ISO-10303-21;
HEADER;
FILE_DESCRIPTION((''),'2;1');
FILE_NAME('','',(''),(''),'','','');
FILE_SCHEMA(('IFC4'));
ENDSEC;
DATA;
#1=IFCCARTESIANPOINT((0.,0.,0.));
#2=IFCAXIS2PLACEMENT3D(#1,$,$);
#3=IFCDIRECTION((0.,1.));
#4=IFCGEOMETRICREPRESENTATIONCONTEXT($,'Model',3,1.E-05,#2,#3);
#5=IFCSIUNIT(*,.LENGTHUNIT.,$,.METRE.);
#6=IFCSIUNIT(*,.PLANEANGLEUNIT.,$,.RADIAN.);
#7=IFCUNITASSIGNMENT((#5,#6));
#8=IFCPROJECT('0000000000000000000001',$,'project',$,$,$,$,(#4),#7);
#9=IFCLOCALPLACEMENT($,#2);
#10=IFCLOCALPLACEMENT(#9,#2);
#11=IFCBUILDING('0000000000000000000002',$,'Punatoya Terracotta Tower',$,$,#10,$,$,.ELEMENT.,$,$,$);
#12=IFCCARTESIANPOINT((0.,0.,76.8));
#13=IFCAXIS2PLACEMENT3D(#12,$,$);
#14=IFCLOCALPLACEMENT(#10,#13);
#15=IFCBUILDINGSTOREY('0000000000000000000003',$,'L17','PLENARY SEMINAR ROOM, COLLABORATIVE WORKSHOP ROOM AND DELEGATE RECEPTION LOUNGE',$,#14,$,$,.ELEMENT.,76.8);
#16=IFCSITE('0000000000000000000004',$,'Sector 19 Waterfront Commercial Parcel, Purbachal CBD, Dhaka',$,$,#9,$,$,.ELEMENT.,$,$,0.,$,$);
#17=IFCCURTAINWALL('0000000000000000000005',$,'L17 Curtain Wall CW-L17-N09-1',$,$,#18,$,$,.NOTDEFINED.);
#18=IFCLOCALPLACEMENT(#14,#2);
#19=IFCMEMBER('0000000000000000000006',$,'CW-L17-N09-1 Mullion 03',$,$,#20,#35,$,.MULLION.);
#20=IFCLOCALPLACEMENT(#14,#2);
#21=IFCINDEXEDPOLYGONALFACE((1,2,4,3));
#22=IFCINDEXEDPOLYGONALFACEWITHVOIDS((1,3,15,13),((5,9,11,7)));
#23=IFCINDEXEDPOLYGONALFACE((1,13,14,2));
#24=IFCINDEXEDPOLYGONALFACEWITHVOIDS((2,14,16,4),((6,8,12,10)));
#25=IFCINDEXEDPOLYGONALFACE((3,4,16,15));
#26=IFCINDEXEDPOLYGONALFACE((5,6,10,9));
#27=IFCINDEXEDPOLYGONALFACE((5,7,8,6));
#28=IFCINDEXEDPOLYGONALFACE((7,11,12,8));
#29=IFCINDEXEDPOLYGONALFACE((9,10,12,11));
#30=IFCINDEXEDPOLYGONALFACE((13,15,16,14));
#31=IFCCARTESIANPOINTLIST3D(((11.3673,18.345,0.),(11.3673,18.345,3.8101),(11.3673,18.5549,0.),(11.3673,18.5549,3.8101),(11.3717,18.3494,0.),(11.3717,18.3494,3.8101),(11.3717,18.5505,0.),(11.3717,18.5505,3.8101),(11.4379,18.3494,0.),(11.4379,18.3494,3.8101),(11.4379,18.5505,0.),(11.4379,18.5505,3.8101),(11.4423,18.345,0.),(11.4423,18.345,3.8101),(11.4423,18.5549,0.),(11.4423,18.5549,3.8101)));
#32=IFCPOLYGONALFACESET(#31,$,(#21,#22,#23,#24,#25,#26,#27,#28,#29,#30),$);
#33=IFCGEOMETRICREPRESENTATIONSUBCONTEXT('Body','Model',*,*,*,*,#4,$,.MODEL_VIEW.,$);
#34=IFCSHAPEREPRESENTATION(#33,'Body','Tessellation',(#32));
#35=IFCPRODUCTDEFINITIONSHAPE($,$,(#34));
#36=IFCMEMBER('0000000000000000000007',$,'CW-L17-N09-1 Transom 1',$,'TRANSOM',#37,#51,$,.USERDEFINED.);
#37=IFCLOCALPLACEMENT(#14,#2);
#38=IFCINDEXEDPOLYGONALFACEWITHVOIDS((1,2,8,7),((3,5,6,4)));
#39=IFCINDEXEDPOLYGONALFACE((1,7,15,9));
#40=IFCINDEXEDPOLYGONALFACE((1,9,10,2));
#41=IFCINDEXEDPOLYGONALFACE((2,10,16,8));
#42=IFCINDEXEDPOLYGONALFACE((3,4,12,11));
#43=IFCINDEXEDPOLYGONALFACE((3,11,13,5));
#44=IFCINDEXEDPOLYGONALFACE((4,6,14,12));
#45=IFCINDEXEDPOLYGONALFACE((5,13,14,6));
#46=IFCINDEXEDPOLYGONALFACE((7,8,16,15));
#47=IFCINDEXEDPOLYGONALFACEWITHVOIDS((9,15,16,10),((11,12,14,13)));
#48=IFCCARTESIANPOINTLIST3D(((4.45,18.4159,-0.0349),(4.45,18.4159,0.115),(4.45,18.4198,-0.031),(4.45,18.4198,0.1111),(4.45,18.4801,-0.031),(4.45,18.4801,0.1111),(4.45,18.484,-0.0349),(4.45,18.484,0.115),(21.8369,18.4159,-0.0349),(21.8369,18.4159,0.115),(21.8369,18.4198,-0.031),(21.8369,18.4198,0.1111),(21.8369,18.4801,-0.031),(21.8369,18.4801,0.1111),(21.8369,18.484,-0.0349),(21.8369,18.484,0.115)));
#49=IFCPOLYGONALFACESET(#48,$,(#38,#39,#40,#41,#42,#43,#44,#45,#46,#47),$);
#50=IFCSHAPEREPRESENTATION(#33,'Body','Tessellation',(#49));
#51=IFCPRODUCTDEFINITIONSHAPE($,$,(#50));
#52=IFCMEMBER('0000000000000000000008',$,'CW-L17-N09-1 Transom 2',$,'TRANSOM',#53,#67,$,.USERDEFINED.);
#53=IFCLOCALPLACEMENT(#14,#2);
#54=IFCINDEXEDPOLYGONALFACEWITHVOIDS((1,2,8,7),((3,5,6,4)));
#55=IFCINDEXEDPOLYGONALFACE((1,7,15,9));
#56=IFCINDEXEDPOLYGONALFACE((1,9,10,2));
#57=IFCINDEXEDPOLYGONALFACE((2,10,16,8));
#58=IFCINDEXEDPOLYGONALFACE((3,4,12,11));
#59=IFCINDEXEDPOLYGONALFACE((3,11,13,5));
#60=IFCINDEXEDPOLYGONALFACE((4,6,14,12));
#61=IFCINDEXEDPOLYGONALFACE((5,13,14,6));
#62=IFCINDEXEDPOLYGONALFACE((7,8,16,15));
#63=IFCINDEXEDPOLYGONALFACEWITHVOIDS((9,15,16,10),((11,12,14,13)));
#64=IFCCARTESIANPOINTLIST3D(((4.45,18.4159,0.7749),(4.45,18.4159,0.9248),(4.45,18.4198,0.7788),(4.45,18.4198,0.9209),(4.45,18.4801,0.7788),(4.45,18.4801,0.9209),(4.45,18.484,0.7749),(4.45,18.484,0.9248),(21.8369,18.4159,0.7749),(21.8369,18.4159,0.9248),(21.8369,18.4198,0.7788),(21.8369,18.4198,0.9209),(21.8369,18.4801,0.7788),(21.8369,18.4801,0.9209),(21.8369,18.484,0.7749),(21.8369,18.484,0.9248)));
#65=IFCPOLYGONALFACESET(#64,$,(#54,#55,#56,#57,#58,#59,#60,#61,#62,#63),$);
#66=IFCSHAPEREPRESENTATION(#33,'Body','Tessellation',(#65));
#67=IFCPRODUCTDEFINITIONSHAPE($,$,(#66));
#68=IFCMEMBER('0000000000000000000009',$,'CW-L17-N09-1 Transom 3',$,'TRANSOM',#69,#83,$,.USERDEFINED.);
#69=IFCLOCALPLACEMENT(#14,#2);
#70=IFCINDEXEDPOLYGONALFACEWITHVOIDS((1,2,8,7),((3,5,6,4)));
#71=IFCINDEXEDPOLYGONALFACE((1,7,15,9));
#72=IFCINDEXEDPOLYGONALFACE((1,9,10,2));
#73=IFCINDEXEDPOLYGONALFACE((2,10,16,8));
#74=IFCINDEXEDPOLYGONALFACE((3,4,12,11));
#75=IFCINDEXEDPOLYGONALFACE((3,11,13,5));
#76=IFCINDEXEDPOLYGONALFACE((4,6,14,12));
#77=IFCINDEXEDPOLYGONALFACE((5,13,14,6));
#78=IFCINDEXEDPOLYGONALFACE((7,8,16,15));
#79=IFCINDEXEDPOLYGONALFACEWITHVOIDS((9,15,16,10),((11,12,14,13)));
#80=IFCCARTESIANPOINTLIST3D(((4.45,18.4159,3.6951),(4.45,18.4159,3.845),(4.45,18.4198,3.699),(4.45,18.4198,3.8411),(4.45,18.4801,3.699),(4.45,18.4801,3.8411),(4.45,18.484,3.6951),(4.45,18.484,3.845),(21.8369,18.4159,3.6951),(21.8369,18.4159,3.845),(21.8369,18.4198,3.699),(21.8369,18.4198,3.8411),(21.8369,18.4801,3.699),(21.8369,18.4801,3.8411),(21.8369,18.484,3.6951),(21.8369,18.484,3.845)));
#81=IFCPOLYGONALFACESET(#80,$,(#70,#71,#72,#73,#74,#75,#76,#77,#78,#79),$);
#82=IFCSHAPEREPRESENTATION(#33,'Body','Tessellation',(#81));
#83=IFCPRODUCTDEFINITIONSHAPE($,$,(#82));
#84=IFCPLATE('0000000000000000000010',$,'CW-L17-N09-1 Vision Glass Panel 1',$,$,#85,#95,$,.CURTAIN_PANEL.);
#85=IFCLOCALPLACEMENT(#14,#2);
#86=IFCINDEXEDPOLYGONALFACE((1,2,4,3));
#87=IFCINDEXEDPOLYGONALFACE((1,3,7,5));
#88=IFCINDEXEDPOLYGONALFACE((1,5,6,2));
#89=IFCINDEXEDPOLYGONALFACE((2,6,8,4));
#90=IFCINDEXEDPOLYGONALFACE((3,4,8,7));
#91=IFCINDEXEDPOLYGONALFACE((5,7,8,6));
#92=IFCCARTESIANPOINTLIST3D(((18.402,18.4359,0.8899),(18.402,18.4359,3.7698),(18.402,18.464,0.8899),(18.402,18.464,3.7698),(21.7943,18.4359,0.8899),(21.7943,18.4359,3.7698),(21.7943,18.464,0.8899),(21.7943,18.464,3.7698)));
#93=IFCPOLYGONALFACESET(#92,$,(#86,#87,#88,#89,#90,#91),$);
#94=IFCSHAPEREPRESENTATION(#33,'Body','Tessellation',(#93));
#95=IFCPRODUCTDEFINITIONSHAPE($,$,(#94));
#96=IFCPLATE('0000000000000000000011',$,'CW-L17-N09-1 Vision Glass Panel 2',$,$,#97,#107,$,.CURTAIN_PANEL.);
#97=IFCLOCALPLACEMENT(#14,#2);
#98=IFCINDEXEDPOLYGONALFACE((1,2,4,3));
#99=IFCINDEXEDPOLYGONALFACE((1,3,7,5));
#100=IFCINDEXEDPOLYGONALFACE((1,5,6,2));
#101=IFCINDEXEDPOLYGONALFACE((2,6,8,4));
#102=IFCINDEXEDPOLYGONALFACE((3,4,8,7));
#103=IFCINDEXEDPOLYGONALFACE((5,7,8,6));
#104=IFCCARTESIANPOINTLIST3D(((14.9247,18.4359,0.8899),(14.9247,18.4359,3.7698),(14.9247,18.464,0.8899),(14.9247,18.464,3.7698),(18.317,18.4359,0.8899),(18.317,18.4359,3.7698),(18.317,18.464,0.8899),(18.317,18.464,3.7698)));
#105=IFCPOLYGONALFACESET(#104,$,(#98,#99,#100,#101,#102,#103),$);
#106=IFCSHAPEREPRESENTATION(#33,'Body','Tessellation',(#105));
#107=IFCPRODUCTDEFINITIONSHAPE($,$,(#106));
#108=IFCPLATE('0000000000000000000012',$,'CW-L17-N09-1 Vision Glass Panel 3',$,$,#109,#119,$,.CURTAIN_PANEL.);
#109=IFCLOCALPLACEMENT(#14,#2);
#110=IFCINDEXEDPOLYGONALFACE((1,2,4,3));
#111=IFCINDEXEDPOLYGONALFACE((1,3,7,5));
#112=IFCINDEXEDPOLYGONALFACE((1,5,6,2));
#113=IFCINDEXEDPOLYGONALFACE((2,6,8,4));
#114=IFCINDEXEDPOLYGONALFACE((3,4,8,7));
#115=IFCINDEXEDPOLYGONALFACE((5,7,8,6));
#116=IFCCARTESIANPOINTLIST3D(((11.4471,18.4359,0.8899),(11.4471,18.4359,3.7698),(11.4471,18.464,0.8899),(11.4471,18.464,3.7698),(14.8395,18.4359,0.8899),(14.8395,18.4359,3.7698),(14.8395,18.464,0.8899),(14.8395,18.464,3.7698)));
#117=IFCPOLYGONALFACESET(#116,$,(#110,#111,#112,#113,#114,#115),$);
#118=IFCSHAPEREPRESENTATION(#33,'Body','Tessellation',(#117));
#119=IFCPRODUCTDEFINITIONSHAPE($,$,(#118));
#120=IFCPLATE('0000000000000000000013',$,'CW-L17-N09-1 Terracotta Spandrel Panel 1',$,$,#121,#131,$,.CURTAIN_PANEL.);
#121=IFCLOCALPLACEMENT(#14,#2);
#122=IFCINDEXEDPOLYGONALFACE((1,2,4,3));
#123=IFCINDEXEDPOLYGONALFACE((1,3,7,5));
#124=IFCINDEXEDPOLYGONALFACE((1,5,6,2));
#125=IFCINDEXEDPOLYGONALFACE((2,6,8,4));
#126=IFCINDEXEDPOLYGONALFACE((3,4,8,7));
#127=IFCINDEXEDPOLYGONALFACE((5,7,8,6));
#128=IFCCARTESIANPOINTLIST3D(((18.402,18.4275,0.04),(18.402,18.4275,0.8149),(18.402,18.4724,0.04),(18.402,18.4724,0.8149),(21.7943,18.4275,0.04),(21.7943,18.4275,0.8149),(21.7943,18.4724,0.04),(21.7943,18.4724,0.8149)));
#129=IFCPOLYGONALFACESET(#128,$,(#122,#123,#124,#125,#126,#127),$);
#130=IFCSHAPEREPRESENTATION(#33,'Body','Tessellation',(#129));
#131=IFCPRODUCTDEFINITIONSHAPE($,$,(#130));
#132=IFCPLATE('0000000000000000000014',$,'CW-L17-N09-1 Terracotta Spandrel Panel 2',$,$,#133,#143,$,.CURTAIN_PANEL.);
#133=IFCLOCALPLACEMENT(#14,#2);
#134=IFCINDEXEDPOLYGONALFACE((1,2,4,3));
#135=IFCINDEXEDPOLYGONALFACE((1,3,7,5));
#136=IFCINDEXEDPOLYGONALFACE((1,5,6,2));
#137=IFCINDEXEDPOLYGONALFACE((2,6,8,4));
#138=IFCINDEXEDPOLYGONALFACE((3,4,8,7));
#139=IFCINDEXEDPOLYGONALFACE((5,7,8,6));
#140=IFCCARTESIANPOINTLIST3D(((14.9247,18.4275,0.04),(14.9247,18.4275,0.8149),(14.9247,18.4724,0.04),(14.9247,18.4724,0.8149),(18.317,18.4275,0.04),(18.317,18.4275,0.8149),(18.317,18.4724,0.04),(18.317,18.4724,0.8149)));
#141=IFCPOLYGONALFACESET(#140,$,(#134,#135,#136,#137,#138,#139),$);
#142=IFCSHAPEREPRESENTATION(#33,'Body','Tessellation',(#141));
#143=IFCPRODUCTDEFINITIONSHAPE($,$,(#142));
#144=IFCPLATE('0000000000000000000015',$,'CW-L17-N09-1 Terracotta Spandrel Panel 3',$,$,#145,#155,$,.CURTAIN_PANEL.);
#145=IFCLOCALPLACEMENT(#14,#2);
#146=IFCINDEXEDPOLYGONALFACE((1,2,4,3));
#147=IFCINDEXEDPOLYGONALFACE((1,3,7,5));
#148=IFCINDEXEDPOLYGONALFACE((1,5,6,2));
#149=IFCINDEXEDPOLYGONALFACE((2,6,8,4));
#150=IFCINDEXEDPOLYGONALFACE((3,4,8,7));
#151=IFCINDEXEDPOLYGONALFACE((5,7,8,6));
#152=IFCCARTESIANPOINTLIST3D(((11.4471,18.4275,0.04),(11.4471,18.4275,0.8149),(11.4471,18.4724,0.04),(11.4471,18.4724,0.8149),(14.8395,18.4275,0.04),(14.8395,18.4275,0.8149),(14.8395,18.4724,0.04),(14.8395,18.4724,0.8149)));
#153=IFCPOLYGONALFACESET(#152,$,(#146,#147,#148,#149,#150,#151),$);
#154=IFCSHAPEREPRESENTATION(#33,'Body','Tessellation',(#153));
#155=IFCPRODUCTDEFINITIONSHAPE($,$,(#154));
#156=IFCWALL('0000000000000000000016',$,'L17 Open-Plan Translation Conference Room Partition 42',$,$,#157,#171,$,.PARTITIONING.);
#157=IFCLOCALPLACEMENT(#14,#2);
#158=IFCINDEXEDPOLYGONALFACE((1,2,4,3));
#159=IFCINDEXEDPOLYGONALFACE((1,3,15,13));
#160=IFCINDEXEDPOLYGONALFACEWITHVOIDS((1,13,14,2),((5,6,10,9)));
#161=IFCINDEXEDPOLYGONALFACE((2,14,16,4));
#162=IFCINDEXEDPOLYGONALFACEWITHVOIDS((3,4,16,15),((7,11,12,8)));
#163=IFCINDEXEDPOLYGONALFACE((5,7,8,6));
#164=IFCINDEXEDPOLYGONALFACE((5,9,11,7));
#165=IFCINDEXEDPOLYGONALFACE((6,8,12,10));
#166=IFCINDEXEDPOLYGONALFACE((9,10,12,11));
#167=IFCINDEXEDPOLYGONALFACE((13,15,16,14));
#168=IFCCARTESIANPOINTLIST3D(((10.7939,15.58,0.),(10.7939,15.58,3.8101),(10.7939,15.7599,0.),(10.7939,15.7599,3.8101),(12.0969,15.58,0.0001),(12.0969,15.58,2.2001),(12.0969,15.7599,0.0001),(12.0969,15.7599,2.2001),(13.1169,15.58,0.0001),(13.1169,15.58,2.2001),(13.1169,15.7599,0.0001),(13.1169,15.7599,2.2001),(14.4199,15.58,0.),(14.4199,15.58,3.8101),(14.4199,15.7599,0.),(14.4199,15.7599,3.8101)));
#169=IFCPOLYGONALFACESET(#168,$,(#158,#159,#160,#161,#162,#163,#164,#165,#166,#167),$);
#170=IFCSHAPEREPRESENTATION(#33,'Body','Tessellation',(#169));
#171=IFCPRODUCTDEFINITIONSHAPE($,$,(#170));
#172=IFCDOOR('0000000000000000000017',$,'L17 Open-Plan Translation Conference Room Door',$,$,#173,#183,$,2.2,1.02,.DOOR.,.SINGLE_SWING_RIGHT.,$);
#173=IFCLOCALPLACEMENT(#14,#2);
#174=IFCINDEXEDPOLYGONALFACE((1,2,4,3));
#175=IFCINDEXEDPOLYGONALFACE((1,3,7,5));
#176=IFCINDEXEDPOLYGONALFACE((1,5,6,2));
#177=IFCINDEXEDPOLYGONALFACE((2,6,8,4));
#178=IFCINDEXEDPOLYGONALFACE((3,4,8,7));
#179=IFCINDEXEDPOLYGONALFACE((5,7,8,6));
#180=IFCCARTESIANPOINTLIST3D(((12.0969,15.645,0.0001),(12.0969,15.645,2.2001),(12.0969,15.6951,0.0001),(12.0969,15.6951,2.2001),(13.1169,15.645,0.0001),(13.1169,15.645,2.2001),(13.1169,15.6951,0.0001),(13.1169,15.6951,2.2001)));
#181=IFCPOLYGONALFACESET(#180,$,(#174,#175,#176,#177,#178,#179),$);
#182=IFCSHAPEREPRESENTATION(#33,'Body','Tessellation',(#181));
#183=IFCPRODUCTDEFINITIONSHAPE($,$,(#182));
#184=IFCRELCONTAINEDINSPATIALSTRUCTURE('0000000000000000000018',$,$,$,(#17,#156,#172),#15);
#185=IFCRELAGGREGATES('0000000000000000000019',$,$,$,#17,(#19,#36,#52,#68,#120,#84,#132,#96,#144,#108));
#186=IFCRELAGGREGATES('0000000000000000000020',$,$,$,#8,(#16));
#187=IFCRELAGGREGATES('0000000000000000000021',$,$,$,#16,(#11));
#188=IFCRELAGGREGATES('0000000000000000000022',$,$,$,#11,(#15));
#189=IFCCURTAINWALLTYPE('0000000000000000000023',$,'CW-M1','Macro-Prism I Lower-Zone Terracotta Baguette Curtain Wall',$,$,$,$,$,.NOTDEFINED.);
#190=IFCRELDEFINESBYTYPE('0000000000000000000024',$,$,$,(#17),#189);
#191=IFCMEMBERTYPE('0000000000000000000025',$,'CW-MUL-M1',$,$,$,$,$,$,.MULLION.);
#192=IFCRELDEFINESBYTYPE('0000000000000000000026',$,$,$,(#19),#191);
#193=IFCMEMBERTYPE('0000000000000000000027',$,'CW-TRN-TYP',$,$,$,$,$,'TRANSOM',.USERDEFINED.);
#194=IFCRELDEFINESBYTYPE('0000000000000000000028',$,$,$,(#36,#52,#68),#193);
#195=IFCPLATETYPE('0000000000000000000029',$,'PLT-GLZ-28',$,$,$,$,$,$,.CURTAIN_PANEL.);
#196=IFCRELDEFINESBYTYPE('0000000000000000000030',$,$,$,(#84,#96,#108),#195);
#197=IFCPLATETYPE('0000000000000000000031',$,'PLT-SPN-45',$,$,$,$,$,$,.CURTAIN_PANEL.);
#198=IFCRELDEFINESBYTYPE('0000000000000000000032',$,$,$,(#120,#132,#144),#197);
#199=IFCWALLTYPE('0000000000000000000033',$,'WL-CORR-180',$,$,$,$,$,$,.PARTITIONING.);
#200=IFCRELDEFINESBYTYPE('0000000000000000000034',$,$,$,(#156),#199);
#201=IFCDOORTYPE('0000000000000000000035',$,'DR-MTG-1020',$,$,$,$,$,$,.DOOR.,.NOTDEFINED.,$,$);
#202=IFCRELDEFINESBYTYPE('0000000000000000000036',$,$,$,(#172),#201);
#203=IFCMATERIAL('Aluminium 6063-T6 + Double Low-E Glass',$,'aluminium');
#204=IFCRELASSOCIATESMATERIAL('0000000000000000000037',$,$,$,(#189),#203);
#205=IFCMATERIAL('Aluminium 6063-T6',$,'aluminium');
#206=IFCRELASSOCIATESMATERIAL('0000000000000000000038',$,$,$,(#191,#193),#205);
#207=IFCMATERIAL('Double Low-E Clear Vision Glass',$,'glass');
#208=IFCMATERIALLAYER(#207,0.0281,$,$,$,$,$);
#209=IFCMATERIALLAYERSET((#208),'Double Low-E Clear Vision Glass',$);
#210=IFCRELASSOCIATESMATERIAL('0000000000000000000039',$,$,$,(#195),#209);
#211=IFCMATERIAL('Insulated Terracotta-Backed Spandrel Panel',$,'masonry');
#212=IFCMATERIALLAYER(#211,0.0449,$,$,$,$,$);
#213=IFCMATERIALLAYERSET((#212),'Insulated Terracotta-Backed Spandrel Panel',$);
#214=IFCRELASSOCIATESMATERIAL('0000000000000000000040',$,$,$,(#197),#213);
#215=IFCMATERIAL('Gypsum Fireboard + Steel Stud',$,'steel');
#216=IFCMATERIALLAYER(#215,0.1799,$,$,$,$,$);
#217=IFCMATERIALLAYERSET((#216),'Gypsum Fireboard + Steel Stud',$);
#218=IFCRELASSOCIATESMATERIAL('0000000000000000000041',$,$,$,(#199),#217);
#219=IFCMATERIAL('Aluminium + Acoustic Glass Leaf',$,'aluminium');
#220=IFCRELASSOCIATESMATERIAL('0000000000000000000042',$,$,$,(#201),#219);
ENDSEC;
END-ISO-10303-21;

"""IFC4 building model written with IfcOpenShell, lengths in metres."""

from ifc_helpers import new_model, si_unit, direction, frame, frame_2d, origin, origin_2d, place, context, subcontext, project, spatial, rectangle, hollow_rectangle, extrude, material, layer, layer_set, material_profile, profile_set, type_object, element, fill, aggregate, save


model = new_model("IFC4")

# Units and contexts
model_context = context("Model", 3, precision=1e-05, world=origin(), true_north=direction((0.0, 1.0)))
body_context = subcontext(model_context, "Body", "Model", "MODEL_VIEW")
ifc_project = project(units=[si_unit("LENGTHUNIT", "METRE"), si_unit("PLANEANGLEUNIT", "RADIAN")], contexts=[model_context])

# Site, building, storey
site_placement = place(None, origin())
site = spatial("IfcSite", under=ifc_project, at=site_placement, Name="Sector 19 Waterfront Commercial Parcel, Purbachal CBD, Dhaka", CompositionType="ELEMENT", RefElevation=0.0)
building_placement = place(site_placement, origin())
building = spatial("IfcBuilding", under=site, at=building_placement, Name="Punatoya Terracotta Tower", CompositionType="ELEMENT")
storey_placement = place(building_placement, frame((0.0, 0.0, 76.8)))
storey = spatial("IfcBuildingStorey", under=building, at=storey_placement, Name="L17", Description="PLENARY SEMINAR ROOM, COLLABORATIVE WORKSHOP ROOM AND DELEGATE RECEPTION LOUNGE", CompositionType="ELEMENT", Elevation=76.8)

# Shared definitions
ifc_material_1 = material(Name="Aluminium 6063-T6 + Double Low-E Glass", Category="aluminium")
curtain_wall_type = type_object("IfcCurtainWallType", Name="CW-M1", Description="Macro-Prism I Lower-Zone Terracotta Baguette Curtain Wall", PredefinedType="NOTDEFINED", material=ifc_material_1)
ifc_material_2 = material(Name="Aluminium 6063-T6", Category="aluminium")
ifc_material_profile_1 = material_profile(ifc_material_2, hollow_rectangle(XDim=0.075, YDim=0.21, WallThickness=0.0044, at=origin_2d()))
ifc_profile_set_1 = profile_set([ifc_material_profile_1], Name="Aluminium 6063-T6")
member_type_1 = type_object("IfcMemberType", Name="CW-MUL-M1", PredefinedType="MULLION", material=ifc_profile_set_1)

# Curtain wall, members, plates
curtain_wall_1_placement = place(storey_placement, origin())
curtain_wall_1 = element("IfcCurtainWall", 1, at=curtain_wall_1_placement, inside=storey, type_object=curtain_wall_type, Name="L17 Curtain Wall CW-L17-N09-1", PredefinedType="NOTDEFINED")
member_1_placement = place(storey_placement, frame((11.4048, 18.45, 0.0), z_axis=(0.0, 0.0, 1.0), x_axis=(1.0, 0.0, 0.0)))
member_1 = element("IfcMember", 2, at=member_1_placement, type_object=member_type_1, Name="CW-L17-N09-1 Mullion 03", PredefinedType="MULLION", context=body_context, shape_type="SweptSolid", body=[
    extrude(hollow_rectangle(XDim=0.075, YDim=0.21, WallThickness=0.0044, at=origin_2d()), origin(), (0.0, 0.0, 1.0), 3.8101),
])
ifc_material_profile_2 = material_profile(ifc_material_2, hollow_rectangle(XDim=0.0681, YDim=0.1499, WallThickness=0.0039, at=origin_2d()))
ifc_profile_set_2 = profile_set([ifc_material_profile_2], Name="Aluminium 6063-T6")
member_type_2 = type_object("IfcMemberType", Name="CW-TRN-TYP", ElementType="TRANSOM", PredefinedType="USERDEFINED", material=ifc_profile_set_2)
member_2_placement = place(storey_placement, frame((21.8369, 18.45, 0.04), z_axis=(-1.0, 0.0, 0.0), x_axis=(0.0, -1.0, 0.0)))
member_2 = element("IfcMember", 3, at=member_2_placement, type_object=member_type_2, Name="CW-L17-N09-1 Transom 1", ObjectType="TRANSOM", PredefinedType="USERDEFINED", context=body_context, shape_type="SweptSolid", body=[
    extrude(hollow_rectangle(XDim=0.0681, YDim=0.1499, WallThickness=0.0039, at=origin_2d()), origin(), (0.0, 0.0, 1.0), 17.387),
])
member_3_placement = place(storey_placement, frame((21.8369, 18.45, 0.8499), z_axis=(-1.0, 0.0, 0.0), x_axis=(0.0, -1.0, 0.0)))
member_3 = element("IfcMember", 4, at=member_3_placement, type_object=member_type_2, Name="CW-L17-N09-1 Transom 2", ObjectType="TRANSOM", PredefinedType="USERDEFINED", context=body_context, shape_type="SweptSolid", body=[
    extrude(hollow_rectangle(XDim=0.0681, YDim=0.1499, WallThickness=0.0039, at=origin_2d()), origin(), (0.0, 0.0, 1.0), 17.387),
])
member_4_placement = place(storey_placement, frame((21.8369, 18.45, 3.77), z_axis=(-1.0, 0.0, 0.0), x_axis=(0.0, -1.0, 0.0)))
member_4 = element("IfcMember", 5, at=member_4_placement, type_object=member_type_2, Name="CW-L17-N09-1 Transom 3", ObjectType="TRANSOM", PredefinedType="USERDEFINED", context=body_context, shape_type="SweptSolid", body=[
    extrude(hollow_rectangle(XDim=0.0681, YDim=0.1499, WallThickness=0.0039, at=origin_2d()), origin(), (0.0, 0.0, 1.0), 17.387),
])
ifc_material_3 = material(Name="Double Low-E Clear Vision Glass", Category="glass")
ifc_layer_1 = layer(ifc_material_3, 0.0281)
ifc_layer_set_1 = layer_set([ifc_layer_1], Name="Double Low-E Clear Vision Glass")
plate_type_1 = type_object("IfcPlateType", Name="PLT-GLZ-28", PredefinedType="CURTAIN_PANEL", material=ifc_layer_set_1)
plate_1_placement = place(storey_placement, frame((20.0981, 18.45, 0.8899), z_axis=(0.0, 0.0, 1.0), x_axis=(-1.0, 0.0, 0.0)))
plate_1 = element("IfcPlate", 6, at=plate_1_placement, type_object=plate_type_1, Name="CW-L17-N09-1 Vision Glass Panel 1", PredefinedType="CURTAIN_PANEL", context=body_context, shape_type="SweptSolid", body=[
    extrude(rectangle(XDim=3.3923, YDim=0.0281, at=origin_2d()), origin(), (0.0, 0.0, 1.0), 2.8799),
])
plate_2_placement = place(storey_placement, frame((16.6208, 18.45, 0.8899), z_axis=(0.0, 0.0, 1.0), x_axis=(-1.0, 0.0, 0.0)))
plate_2 = element("IfcPlate", 7, at=plate_2_placement, type_object=plate_type_1, Name="CW-L17-N09-1 Vision Glass Panel 2", PredefinedType="CURTAIN_PANEL", context=body_context, shape_type="SweptSolid", body=[
    extrude(rectangle(XDim=3.3923, YDim=0.0281, at=origin_2d()), origin(), (0.0, 0.0, 1.0), 2.8799),
])
plate_3_placement = place(storey_placement, frame((13.1433, 18.45, 0.8899), z_axis=(0.0, 0.0, 1.0), x_axis=(-1.0, 0.0, 0.0)))
plate_3 = element("IfcPlate", 8, at=plate_3_placement, type_object=plate_type_1, Name="CW-L17-N09-1 Vision Glass Panel 3", PredefinedType="CURTAIN_PANEL", context=body_context, shape_type="SweptSolid", body=[
    extrude(rectangle(XDim=3.3923, YDim=0.0281, at=origin_2d()), origin(), (0.0, 0.0, 1.0), 2.8799),
])
ifc_material_4 = material(Name="Insulated Terracotta-Backed Spandrel Panel", Category="masonry")
ifc_layer_2 = layer(ifc_material_4, 0.0449)
ifc_layer_set_2 = layer_set([ifc_layer_2], Name="Insulated Terracotta-Backed Spandrel Panel")
plate_type_2 = type_object("IfcPlateType", Name="PLT-SPN-45", PredefinedType="CURTAIN_PANEL", material=ifc_layer_set_2)
plate_4_placement = place(storey_placement, frame((20.0981, 18.45, 0.04), z_axis=(0.0, 0.0, 1.0), x_axis=(-1.0, 0.0, 0.0)))
plate_4 = element("IfcPlate", 9, at=plate_4_placement, type_object=plate_type_2, Name="CW-L17-N09-1 Terracotta Spandrel Panel 1", PredefinedType="CURTAIN_PANEL", context=body_context, shape_type="SweptSolid", body=[
    extrude(rectangle(XDim=3.3923, YDim=0.0449, at=origin_2d()), origin(), (0.0, 0.0, 1.0), 0.7749),
])
plate_5_placement = place(storey_placement, frame((16.6208, 18.45, 0.04), z_axis=(0.0, 0.0, 1.0), x_axis=(-1.0, 0.0, 0.0)))
plate_5 = element("IfcPlate", 10, at=plate_5_placement, type_object=plate_type_2, Name="CW-L17-N09-1 Terracotta Spandrel Panel 2", PredefinedType="CURTAIN_PANEL", context=body_context, shape_type="SweptSolid", body=[
    extrude(rectangle(XDim=3.3923, YDim=0.0449, at=origin_2d()), origin(), (0.0, 0.0, 1.0), 0.7749),
])
plate_6_placement = place(storey_placement, frame((13.1433, 18.45, 0.04), z_axis=(0.0, 0.0, 1.0), x_axis=(-1.0, 0.0, 0.0)))
plate_6 = element("IfcPlate", 11, at=plate_6_placement, type_object=plate_type_2, Name="CW-L17-N09-1 Terracotta Spandrel Panel 3", PredefinedType="CURTAIN_PANEL", context=body_context, shape_type="SweptSolid", body=[
    extrude(rectangle(XDim=3.3923, YDim=0.0449, at=origin_2d()), origin(), (0.0, 0.0, 1.0), 0.7749),
])
aggregate(curtain_wall_1, [member_1, member_2, member_3, member_4, plate_4, plate_1, plate_5, plate_2, plate_6, plate_3])

# Wall, opening, door
ifc_material_5 = material(Name="Gypsum Fireboard + Steel Stud", Category="steel")
ifc_layer_3 = layer(ifc_material_5, 0.1799)
ifc_layer_set_3 = layer_set([ifc_layer_3], Name="Gypsum Fireboard + Steel Stud")
wall_type_1 = type_object("IfcWallType", Name="WL-CORR-180", PredefinedType="PARTITIONING", material=ifc_layer_set_3)
wall_1_placement = place(storey_placement, frame((14.4199, 15.6699, 0.0), z_axis=(0.0, 0.0, 1.0), x_axis=(-1.0, 0.0, 0.0)))
wall_1 = element("IfcWall", 12, at=wall_1_placement, inside=storey, type_object=wall_type_1, Name="L17 Open-Plan Translation Conference Room Partition 42", PredefinedType="PARTITIONING", context=body_context, shape_type="SweptSolid", body=[
    extrude(rectangle(XDim=3.626, YDim=0.1799, at=frame_2d((1.813, 0.0))), origin(), (0.0, 0.0, 1.0), 3.8101),
])
opening_placement = place(wall_1_placement, frame((1.303, 0.0, 0.0)))
opening = element("IfcOpeningElement", 13, at=opening_placement, cuts=wall_1, PredefinedType="OPENING", context=body_context, shape_type="SweptSolid", body=[
    extrude(rectangle(XDim=1.02, YDim=2.2, at=frame_2d((0.51, 1.1001))), frame((0.0, 0.0999, 0.0), z_axis=(0.0, -1.0, 0.0), x_axis=(1.0, 0.0, 0.0)), (0.0, 0.0, 1.0), 0.2),
])
ifc_material_6 = material(Name="Aluminium + Acoustic Glass Leaf", Category="aluminium")
door_type = type_object("IfcDoorType", Name="DR-MTG-1020", OperationType="NOTDEFINED", PredefinedType="DOOR", material=ifc_material_6)
door_placement = place(opening_placement, origin())
door = element("IfcDoor", 14, at=door_placement, inside=storey, type_object=door_type, Name="L17 Open-Plan Translation Conference Room Door", OperationType="SINGLE_SWING_RIGHT", OverallHeight=2.2, OverallWidth=1.02, PredefinedType="DOOR", context=body_context, shape_type="SweptSolid", body=[
    extrude(rectangle(XDim=1.02, YDim=2.2, at=frame_2d((0.51, 1.1001))), frame((0.0, 0.0249, 0.0), z_axis=(0.0, -1.0, 0.0), x_axis=(1.0, 0.0, 0.0)), (0.0, 0.0, 1.0), 0.05),
])
fill(opening, door)

save(model, "model.ifc")
